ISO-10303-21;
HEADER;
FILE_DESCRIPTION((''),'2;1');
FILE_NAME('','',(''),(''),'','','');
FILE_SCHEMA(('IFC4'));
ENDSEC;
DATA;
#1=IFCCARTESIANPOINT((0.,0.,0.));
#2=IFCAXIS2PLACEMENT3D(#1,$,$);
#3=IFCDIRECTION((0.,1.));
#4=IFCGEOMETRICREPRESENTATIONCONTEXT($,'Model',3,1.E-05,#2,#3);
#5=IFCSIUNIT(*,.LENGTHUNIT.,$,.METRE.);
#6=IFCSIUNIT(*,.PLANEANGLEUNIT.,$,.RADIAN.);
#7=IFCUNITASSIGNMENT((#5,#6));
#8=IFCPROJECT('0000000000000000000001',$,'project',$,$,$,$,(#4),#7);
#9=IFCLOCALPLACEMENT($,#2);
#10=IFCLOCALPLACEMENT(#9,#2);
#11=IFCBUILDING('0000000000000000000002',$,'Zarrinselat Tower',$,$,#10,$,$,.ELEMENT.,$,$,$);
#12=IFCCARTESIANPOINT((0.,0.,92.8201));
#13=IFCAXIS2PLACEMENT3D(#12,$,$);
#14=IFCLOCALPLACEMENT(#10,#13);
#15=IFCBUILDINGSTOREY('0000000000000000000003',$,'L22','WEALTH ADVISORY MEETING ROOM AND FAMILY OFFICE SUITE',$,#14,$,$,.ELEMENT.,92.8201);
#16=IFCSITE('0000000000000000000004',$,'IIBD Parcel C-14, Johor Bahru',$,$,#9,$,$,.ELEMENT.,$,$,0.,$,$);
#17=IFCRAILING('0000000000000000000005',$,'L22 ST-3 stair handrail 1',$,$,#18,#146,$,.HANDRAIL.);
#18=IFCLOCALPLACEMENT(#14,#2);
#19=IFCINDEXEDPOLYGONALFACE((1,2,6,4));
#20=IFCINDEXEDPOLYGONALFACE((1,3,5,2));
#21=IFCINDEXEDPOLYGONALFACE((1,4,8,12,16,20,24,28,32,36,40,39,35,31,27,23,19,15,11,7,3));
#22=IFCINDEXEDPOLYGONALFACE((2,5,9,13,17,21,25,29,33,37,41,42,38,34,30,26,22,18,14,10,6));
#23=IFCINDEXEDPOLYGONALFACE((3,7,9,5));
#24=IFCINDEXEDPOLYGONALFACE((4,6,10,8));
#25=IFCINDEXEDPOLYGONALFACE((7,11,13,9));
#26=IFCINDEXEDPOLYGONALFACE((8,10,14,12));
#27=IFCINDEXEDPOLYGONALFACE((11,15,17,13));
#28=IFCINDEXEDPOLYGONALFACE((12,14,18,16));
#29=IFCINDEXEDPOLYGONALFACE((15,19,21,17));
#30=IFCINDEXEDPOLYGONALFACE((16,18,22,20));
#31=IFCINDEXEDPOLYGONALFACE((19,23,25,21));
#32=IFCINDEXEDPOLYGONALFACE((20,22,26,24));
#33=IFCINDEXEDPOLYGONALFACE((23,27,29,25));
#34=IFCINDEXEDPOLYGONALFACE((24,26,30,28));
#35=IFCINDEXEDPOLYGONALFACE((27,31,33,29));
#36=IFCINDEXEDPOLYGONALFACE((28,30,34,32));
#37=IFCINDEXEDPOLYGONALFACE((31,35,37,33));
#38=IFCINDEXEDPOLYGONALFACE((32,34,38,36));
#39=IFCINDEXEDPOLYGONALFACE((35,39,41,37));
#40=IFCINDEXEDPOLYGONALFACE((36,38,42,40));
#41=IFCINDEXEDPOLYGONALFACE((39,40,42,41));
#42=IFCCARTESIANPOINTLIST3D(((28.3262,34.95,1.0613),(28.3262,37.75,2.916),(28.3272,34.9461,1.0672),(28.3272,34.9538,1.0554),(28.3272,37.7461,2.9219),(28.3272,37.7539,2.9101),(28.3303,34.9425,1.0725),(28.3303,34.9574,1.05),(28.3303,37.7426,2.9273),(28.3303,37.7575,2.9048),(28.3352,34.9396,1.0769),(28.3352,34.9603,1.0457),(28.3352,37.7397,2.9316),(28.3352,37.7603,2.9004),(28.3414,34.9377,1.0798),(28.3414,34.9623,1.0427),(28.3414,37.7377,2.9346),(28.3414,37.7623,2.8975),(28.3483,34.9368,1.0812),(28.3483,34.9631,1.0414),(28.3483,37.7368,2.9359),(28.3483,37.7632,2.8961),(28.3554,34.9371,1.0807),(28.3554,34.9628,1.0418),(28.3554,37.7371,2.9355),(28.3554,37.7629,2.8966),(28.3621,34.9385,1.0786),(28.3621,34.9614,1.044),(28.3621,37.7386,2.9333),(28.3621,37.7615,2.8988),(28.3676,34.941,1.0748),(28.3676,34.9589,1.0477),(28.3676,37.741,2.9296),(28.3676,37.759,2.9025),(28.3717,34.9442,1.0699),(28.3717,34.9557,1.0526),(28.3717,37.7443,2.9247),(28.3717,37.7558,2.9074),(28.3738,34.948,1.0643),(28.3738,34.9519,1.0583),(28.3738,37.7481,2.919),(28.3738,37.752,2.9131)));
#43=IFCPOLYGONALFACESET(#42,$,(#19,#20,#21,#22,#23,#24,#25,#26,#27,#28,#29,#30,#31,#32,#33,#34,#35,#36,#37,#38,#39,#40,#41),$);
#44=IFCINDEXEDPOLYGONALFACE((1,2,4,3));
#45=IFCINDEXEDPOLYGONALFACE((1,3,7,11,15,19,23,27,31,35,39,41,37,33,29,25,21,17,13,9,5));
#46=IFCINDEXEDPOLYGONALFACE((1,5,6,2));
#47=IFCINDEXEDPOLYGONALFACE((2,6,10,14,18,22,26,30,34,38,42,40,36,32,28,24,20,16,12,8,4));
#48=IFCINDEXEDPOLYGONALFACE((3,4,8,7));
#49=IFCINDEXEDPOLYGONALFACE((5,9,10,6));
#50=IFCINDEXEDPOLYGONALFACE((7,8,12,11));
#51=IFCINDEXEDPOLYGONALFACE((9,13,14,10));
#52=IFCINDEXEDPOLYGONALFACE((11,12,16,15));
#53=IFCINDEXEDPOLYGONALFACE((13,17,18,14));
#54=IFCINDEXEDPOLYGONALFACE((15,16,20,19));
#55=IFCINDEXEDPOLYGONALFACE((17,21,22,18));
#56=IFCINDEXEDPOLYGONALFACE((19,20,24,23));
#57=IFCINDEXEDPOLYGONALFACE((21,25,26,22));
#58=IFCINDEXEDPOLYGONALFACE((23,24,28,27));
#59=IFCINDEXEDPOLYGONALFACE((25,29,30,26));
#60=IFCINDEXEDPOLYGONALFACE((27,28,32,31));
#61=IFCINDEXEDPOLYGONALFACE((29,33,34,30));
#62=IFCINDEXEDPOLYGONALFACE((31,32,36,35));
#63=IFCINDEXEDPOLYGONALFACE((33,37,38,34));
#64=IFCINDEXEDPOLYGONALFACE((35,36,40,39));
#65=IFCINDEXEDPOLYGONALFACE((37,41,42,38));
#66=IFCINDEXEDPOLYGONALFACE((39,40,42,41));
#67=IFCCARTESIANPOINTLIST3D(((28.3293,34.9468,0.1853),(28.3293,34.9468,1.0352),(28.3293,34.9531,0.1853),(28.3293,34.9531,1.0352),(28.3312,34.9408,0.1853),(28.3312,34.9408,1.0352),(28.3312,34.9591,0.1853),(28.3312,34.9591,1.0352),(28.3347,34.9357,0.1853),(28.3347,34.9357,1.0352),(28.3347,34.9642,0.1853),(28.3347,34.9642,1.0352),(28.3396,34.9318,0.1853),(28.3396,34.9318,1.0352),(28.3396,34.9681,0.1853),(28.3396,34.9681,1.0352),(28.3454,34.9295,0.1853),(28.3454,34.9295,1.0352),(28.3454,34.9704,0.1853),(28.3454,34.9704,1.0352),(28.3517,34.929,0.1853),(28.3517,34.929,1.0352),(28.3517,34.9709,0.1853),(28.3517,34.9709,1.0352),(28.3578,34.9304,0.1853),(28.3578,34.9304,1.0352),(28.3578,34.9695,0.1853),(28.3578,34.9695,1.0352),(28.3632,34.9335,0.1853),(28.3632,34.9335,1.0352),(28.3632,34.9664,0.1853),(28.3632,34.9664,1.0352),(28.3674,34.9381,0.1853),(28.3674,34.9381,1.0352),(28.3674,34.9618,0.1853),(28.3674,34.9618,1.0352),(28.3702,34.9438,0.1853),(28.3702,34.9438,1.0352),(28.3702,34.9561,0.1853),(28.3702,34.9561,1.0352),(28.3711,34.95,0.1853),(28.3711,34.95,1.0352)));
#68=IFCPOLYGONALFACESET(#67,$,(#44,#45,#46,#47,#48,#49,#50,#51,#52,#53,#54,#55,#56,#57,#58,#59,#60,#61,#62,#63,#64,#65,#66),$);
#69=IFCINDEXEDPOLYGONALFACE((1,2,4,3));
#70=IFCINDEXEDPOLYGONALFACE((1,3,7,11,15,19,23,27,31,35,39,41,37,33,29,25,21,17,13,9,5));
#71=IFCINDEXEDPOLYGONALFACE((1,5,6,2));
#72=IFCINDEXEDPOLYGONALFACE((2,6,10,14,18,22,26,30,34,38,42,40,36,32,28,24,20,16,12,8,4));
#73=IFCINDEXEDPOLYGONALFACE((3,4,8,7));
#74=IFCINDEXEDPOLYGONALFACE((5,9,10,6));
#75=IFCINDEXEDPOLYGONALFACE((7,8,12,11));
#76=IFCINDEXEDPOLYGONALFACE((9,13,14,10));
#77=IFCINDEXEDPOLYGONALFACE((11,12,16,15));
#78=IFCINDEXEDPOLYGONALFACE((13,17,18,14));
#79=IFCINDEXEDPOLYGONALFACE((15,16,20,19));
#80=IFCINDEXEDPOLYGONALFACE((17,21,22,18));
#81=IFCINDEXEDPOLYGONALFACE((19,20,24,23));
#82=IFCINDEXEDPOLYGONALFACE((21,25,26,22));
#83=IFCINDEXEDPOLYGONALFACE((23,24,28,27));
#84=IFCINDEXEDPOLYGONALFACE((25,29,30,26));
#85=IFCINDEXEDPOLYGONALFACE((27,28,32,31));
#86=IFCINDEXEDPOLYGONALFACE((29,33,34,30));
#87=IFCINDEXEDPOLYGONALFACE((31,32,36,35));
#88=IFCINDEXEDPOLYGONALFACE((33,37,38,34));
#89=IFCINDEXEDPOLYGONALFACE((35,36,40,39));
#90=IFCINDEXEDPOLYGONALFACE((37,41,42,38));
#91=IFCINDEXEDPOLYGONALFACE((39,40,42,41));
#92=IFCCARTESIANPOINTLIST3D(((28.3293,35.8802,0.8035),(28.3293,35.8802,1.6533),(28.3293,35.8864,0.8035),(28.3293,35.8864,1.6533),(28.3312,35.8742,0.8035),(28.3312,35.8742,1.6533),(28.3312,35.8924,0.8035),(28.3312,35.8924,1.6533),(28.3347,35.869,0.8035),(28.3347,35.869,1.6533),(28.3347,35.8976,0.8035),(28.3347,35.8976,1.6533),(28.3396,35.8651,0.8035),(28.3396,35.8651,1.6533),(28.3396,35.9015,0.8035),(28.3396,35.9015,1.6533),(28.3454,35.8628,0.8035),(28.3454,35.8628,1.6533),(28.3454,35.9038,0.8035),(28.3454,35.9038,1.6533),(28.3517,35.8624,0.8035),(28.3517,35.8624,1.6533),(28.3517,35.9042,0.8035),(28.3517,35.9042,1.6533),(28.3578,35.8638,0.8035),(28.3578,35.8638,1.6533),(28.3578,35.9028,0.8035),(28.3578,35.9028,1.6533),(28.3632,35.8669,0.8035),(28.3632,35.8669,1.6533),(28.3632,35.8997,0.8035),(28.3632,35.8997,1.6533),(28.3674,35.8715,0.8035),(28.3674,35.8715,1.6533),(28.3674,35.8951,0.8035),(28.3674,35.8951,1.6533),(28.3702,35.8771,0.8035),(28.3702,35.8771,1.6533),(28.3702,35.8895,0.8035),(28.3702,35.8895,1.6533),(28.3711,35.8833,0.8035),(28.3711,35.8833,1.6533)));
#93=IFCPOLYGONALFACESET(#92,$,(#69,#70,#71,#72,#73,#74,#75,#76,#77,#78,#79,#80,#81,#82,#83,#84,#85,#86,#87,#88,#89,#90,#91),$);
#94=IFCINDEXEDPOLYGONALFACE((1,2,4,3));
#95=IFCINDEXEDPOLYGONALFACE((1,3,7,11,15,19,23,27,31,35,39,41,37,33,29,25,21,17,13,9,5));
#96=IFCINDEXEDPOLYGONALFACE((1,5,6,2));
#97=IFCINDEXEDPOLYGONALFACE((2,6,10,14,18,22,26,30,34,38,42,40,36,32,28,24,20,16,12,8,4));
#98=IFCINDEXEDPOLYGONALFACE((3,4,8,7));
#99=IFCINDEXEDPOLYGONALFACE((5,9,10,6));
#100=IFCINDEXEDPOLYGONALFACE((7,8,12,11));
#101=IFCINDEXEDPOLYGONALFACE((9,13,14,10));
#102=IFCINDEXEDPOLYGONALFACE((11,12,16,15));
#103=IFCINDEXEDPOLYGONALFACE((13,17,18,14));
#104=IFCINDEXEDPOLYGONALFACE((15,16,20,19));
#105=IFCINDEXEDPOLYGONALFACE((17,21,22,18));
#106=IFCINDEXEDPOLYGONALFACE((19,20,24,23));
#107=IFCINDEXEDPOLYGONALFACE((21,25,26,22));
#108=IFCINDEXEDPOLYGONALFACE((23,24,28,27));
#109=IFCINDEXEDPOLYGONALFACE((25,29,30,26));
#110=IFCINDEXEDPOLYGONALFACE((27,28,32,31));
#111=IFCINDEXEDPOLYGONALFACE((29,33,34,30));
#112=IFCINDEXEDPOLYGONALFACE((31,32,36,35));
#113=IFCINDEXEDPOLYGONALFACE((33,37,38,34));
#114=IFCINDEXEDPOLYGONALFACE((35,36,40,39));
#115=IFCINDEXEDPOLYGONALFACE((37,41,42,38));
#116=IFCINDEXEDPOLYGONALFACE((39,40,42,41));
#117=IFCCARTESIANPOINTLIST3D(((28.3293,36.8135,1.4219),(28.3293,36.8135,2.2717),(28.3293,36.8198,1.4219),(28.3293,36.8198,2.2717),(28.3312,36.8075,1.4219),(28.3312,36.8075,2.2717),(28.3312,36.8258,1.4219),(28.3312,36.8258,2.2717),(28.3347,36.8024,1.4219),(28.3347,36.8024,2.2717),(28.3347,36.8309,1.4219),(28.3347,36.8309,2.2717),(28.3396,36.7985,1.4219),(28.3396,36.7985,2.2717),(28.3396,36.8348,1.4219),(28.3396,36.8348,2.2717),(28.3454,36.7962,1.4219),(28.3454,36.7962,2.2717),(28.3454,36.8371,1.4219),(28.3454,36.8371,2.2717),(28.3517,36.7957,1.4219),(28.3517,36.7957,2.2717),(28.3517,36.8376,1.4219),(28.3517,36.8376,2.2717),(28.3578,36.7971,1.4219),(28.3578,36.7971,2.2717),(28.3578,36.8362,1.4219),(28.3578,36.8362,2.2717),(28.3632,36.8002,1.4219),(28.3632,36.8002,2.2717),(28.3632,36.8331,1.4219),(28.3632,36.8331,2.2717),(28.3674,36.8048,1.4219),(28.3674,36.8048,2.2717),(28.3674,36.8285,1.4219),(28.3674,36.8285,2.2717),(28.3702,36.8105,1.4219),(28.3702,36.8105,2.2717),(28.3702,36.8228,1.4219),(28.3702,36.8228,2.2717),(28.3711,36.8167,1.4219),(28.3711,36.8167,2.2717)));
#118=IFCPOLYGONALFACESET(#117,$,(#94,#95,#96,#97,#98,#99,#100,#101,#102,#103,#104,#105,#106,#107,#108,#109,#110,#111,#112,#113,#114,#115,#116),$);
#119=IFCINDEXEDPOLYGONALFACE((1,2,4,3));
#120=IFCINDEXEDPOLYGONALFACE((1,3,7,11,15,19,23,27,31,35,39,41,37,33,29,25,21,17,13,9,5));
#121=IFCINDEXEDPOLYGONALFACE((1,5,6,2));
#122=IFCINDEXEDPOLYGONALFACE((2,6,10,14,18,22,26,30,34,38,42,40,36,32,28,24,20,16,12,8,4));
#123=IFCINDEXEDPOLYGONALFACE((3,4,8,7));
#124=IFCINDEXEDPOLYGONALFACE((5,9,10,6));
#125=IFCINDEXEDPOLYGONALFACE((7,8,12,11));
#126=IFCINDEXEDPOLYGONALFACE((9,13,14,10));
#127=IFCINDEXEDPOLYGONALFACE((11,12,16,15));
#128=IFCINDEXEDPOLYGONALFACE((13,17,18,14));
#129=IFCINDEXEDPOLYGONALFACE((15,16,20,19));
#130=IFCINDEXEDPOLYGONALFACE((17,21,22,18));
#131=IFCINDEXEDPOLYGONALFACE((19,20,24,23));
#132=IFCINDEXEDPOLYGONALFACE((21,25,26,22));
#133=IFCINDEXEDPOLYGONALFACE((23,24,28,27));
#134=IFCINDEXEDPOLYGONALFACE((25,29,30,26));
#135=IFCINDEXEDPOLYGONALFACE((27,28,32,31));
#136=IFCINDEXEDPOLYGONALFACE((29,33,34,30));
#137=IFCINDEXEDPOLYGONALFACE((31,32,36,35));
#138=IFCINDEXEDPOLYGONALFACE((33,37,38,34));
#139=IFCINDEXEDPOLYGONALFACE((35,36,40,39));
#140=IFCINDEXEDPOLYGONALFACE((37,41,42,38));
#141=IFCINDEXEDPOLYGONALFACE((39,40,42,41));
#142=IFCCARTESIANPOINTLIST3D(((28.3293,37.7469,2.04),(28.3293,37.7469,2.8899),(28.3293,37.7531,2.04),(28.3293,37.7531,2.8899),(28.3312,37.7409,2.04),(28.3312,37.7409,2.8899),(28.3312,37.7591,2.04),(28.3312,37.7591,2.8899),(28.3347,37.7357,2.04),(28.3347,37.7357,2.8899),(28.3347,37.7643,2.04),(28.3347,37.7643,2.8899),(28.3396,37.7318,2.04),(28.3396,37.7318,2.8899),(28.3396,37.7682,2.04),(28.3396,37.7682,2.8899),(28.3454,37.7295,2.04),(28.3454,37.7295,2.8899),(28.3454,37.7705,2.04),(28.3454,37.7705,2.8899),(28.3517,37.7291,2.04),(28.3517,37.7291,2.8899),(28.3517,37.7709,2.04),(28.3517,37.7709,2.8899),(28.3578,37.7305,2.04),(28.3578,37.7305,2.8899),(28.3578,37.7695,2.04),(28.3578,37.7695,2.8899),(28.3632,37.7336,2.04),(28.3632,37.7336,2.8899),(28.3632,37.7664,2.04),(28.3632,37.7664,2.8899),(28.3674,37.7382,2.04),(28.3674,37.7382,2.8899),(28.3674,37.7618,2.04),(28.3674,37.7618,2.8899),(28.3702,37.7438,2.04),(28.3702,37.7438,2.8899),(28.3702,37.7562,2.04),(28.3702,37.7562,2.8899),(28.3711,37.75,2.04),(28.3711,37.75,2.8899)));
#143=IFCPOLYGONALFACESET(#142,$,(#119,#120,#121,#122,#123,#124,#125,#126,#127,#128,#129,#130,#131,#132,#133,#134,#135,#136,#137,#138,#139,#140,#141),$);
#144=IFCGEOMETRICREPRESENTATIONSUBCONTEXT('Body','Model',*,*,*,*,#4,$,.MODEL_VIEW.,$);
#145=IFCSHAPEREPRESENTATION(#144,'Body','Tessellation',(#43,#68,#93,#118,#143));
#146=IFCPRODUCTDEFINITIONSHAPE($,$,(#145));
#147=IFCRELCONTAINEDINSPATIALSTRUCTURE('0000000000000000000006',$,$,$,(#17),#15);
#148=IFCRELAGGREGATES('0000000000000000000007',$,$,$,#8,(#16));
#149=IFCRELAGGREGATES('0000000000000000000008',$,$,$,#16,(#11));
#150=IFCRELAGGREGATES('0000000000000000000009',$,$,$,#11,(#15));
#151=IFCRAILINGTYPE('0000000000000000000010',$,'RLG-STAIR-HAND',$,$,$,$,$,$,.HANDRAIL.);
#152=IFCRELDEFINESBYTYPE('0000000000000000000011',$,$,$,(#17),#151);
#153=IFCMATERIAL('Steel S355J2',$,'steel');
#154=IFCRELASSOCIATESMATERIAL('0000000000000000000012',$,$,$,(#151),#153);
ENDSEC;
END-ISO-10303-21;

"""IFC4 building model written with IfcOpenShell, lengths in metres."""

from ifc_helpers import new_model, si_unit, direction, frame, origin, origin_2d, place, context, subcontext, project, spatial, circle, extrude, material, type_object, element, save


model = new_model("IFC4")

# Units and contexts
model_context = context("Model", 3, precision=1e-05, world=origin(), true_north=direction((0.0, 1.0)))
body_context = subcontext(model_context, "Body", "Model", "MODEL_VIEW")
ifc_project = project(units=[si_unit("LENGTHUNIT", "METRE"), si_unit("PLANEANGLEUNIT", "RADIAN")], contexts=[model_context])

# Site, building, storey
site_placement = place(None, origin())
site = spatial("IfcSite", under=ifc_project, at=site_placement, Name="IIBD Parcel C-14, Johor Bahru", CompositionType="ELEMENT", RefElevation=0.0)
building_placement = place(site_placement, origin())
building = spatial("IfcBuilding", under=site, at=building_placement, Name="Zarrinselat Tower", CompositionType="ELEMENT")
storey_placement = place(building_placement, frame((0.0, 0.0, 92.8201)))
storey = spatial("IfcBuildingStorey", under=building, at=storey_placement, Name="L22", Description="WEALTH ADVISORY MEETING ROOM AND FAMILY OFFICE SUITE", CompositionType="ELEMENT", Elevation=92.8201)

# Railing
ifc_material_1 = material(Name="Steel S355J2", Category="steel")
railing_type_1 = type_object("IfcRailingType", Name="RLG-STAIR-HAND", PredefinedType="HANDRAIL", material=ifc_material_1)
railing_1_placement = place(storey_placement, frame((28.3501, 34.95, 0.1853)))
element("IfcRailing", 1, at=railing_1_placement, inside=storey, type_object=railing_type_1, Name="L22 ST-3 stair handrail 1", PredefinedType="HANDRAIL", context=body_context, shape_type="SweptSolid", body=[
    extrude(circle(Radius=0.0239, at=origin_2d()), frame((0.0, 0.0, 0.876), z_axis=(0.0, 0.833691, 0.552232), x_axis=(-1.0, 0.0, 0.0)), (0.0, 0.0, 1.0), 3.3586),
    extrude(circle(Radius=0.021, at=origin_2d()), origin(), (0.0, 0.0, 1.0), 0.8499),
    extrude(circle(Radius=0.021, at=origin_2d()), frame((0.0, 0.9333, 0.6182)), (0.0, 0.0, 1.0), 0.8499),
    extrude(circle(Radius=0.021, at=origin_2d()), frame((0.0, 1.8667, 1.2366)), (0.0, 0.0, 1.0), 0.8499),
    extrude(circle(Radius=0.021, at=origin_2d()), frame((0.0, 2.8, 1.8547)), (0.0, 0.0, 1.0), 0.8499),
])

save(model, "model.ifc")
